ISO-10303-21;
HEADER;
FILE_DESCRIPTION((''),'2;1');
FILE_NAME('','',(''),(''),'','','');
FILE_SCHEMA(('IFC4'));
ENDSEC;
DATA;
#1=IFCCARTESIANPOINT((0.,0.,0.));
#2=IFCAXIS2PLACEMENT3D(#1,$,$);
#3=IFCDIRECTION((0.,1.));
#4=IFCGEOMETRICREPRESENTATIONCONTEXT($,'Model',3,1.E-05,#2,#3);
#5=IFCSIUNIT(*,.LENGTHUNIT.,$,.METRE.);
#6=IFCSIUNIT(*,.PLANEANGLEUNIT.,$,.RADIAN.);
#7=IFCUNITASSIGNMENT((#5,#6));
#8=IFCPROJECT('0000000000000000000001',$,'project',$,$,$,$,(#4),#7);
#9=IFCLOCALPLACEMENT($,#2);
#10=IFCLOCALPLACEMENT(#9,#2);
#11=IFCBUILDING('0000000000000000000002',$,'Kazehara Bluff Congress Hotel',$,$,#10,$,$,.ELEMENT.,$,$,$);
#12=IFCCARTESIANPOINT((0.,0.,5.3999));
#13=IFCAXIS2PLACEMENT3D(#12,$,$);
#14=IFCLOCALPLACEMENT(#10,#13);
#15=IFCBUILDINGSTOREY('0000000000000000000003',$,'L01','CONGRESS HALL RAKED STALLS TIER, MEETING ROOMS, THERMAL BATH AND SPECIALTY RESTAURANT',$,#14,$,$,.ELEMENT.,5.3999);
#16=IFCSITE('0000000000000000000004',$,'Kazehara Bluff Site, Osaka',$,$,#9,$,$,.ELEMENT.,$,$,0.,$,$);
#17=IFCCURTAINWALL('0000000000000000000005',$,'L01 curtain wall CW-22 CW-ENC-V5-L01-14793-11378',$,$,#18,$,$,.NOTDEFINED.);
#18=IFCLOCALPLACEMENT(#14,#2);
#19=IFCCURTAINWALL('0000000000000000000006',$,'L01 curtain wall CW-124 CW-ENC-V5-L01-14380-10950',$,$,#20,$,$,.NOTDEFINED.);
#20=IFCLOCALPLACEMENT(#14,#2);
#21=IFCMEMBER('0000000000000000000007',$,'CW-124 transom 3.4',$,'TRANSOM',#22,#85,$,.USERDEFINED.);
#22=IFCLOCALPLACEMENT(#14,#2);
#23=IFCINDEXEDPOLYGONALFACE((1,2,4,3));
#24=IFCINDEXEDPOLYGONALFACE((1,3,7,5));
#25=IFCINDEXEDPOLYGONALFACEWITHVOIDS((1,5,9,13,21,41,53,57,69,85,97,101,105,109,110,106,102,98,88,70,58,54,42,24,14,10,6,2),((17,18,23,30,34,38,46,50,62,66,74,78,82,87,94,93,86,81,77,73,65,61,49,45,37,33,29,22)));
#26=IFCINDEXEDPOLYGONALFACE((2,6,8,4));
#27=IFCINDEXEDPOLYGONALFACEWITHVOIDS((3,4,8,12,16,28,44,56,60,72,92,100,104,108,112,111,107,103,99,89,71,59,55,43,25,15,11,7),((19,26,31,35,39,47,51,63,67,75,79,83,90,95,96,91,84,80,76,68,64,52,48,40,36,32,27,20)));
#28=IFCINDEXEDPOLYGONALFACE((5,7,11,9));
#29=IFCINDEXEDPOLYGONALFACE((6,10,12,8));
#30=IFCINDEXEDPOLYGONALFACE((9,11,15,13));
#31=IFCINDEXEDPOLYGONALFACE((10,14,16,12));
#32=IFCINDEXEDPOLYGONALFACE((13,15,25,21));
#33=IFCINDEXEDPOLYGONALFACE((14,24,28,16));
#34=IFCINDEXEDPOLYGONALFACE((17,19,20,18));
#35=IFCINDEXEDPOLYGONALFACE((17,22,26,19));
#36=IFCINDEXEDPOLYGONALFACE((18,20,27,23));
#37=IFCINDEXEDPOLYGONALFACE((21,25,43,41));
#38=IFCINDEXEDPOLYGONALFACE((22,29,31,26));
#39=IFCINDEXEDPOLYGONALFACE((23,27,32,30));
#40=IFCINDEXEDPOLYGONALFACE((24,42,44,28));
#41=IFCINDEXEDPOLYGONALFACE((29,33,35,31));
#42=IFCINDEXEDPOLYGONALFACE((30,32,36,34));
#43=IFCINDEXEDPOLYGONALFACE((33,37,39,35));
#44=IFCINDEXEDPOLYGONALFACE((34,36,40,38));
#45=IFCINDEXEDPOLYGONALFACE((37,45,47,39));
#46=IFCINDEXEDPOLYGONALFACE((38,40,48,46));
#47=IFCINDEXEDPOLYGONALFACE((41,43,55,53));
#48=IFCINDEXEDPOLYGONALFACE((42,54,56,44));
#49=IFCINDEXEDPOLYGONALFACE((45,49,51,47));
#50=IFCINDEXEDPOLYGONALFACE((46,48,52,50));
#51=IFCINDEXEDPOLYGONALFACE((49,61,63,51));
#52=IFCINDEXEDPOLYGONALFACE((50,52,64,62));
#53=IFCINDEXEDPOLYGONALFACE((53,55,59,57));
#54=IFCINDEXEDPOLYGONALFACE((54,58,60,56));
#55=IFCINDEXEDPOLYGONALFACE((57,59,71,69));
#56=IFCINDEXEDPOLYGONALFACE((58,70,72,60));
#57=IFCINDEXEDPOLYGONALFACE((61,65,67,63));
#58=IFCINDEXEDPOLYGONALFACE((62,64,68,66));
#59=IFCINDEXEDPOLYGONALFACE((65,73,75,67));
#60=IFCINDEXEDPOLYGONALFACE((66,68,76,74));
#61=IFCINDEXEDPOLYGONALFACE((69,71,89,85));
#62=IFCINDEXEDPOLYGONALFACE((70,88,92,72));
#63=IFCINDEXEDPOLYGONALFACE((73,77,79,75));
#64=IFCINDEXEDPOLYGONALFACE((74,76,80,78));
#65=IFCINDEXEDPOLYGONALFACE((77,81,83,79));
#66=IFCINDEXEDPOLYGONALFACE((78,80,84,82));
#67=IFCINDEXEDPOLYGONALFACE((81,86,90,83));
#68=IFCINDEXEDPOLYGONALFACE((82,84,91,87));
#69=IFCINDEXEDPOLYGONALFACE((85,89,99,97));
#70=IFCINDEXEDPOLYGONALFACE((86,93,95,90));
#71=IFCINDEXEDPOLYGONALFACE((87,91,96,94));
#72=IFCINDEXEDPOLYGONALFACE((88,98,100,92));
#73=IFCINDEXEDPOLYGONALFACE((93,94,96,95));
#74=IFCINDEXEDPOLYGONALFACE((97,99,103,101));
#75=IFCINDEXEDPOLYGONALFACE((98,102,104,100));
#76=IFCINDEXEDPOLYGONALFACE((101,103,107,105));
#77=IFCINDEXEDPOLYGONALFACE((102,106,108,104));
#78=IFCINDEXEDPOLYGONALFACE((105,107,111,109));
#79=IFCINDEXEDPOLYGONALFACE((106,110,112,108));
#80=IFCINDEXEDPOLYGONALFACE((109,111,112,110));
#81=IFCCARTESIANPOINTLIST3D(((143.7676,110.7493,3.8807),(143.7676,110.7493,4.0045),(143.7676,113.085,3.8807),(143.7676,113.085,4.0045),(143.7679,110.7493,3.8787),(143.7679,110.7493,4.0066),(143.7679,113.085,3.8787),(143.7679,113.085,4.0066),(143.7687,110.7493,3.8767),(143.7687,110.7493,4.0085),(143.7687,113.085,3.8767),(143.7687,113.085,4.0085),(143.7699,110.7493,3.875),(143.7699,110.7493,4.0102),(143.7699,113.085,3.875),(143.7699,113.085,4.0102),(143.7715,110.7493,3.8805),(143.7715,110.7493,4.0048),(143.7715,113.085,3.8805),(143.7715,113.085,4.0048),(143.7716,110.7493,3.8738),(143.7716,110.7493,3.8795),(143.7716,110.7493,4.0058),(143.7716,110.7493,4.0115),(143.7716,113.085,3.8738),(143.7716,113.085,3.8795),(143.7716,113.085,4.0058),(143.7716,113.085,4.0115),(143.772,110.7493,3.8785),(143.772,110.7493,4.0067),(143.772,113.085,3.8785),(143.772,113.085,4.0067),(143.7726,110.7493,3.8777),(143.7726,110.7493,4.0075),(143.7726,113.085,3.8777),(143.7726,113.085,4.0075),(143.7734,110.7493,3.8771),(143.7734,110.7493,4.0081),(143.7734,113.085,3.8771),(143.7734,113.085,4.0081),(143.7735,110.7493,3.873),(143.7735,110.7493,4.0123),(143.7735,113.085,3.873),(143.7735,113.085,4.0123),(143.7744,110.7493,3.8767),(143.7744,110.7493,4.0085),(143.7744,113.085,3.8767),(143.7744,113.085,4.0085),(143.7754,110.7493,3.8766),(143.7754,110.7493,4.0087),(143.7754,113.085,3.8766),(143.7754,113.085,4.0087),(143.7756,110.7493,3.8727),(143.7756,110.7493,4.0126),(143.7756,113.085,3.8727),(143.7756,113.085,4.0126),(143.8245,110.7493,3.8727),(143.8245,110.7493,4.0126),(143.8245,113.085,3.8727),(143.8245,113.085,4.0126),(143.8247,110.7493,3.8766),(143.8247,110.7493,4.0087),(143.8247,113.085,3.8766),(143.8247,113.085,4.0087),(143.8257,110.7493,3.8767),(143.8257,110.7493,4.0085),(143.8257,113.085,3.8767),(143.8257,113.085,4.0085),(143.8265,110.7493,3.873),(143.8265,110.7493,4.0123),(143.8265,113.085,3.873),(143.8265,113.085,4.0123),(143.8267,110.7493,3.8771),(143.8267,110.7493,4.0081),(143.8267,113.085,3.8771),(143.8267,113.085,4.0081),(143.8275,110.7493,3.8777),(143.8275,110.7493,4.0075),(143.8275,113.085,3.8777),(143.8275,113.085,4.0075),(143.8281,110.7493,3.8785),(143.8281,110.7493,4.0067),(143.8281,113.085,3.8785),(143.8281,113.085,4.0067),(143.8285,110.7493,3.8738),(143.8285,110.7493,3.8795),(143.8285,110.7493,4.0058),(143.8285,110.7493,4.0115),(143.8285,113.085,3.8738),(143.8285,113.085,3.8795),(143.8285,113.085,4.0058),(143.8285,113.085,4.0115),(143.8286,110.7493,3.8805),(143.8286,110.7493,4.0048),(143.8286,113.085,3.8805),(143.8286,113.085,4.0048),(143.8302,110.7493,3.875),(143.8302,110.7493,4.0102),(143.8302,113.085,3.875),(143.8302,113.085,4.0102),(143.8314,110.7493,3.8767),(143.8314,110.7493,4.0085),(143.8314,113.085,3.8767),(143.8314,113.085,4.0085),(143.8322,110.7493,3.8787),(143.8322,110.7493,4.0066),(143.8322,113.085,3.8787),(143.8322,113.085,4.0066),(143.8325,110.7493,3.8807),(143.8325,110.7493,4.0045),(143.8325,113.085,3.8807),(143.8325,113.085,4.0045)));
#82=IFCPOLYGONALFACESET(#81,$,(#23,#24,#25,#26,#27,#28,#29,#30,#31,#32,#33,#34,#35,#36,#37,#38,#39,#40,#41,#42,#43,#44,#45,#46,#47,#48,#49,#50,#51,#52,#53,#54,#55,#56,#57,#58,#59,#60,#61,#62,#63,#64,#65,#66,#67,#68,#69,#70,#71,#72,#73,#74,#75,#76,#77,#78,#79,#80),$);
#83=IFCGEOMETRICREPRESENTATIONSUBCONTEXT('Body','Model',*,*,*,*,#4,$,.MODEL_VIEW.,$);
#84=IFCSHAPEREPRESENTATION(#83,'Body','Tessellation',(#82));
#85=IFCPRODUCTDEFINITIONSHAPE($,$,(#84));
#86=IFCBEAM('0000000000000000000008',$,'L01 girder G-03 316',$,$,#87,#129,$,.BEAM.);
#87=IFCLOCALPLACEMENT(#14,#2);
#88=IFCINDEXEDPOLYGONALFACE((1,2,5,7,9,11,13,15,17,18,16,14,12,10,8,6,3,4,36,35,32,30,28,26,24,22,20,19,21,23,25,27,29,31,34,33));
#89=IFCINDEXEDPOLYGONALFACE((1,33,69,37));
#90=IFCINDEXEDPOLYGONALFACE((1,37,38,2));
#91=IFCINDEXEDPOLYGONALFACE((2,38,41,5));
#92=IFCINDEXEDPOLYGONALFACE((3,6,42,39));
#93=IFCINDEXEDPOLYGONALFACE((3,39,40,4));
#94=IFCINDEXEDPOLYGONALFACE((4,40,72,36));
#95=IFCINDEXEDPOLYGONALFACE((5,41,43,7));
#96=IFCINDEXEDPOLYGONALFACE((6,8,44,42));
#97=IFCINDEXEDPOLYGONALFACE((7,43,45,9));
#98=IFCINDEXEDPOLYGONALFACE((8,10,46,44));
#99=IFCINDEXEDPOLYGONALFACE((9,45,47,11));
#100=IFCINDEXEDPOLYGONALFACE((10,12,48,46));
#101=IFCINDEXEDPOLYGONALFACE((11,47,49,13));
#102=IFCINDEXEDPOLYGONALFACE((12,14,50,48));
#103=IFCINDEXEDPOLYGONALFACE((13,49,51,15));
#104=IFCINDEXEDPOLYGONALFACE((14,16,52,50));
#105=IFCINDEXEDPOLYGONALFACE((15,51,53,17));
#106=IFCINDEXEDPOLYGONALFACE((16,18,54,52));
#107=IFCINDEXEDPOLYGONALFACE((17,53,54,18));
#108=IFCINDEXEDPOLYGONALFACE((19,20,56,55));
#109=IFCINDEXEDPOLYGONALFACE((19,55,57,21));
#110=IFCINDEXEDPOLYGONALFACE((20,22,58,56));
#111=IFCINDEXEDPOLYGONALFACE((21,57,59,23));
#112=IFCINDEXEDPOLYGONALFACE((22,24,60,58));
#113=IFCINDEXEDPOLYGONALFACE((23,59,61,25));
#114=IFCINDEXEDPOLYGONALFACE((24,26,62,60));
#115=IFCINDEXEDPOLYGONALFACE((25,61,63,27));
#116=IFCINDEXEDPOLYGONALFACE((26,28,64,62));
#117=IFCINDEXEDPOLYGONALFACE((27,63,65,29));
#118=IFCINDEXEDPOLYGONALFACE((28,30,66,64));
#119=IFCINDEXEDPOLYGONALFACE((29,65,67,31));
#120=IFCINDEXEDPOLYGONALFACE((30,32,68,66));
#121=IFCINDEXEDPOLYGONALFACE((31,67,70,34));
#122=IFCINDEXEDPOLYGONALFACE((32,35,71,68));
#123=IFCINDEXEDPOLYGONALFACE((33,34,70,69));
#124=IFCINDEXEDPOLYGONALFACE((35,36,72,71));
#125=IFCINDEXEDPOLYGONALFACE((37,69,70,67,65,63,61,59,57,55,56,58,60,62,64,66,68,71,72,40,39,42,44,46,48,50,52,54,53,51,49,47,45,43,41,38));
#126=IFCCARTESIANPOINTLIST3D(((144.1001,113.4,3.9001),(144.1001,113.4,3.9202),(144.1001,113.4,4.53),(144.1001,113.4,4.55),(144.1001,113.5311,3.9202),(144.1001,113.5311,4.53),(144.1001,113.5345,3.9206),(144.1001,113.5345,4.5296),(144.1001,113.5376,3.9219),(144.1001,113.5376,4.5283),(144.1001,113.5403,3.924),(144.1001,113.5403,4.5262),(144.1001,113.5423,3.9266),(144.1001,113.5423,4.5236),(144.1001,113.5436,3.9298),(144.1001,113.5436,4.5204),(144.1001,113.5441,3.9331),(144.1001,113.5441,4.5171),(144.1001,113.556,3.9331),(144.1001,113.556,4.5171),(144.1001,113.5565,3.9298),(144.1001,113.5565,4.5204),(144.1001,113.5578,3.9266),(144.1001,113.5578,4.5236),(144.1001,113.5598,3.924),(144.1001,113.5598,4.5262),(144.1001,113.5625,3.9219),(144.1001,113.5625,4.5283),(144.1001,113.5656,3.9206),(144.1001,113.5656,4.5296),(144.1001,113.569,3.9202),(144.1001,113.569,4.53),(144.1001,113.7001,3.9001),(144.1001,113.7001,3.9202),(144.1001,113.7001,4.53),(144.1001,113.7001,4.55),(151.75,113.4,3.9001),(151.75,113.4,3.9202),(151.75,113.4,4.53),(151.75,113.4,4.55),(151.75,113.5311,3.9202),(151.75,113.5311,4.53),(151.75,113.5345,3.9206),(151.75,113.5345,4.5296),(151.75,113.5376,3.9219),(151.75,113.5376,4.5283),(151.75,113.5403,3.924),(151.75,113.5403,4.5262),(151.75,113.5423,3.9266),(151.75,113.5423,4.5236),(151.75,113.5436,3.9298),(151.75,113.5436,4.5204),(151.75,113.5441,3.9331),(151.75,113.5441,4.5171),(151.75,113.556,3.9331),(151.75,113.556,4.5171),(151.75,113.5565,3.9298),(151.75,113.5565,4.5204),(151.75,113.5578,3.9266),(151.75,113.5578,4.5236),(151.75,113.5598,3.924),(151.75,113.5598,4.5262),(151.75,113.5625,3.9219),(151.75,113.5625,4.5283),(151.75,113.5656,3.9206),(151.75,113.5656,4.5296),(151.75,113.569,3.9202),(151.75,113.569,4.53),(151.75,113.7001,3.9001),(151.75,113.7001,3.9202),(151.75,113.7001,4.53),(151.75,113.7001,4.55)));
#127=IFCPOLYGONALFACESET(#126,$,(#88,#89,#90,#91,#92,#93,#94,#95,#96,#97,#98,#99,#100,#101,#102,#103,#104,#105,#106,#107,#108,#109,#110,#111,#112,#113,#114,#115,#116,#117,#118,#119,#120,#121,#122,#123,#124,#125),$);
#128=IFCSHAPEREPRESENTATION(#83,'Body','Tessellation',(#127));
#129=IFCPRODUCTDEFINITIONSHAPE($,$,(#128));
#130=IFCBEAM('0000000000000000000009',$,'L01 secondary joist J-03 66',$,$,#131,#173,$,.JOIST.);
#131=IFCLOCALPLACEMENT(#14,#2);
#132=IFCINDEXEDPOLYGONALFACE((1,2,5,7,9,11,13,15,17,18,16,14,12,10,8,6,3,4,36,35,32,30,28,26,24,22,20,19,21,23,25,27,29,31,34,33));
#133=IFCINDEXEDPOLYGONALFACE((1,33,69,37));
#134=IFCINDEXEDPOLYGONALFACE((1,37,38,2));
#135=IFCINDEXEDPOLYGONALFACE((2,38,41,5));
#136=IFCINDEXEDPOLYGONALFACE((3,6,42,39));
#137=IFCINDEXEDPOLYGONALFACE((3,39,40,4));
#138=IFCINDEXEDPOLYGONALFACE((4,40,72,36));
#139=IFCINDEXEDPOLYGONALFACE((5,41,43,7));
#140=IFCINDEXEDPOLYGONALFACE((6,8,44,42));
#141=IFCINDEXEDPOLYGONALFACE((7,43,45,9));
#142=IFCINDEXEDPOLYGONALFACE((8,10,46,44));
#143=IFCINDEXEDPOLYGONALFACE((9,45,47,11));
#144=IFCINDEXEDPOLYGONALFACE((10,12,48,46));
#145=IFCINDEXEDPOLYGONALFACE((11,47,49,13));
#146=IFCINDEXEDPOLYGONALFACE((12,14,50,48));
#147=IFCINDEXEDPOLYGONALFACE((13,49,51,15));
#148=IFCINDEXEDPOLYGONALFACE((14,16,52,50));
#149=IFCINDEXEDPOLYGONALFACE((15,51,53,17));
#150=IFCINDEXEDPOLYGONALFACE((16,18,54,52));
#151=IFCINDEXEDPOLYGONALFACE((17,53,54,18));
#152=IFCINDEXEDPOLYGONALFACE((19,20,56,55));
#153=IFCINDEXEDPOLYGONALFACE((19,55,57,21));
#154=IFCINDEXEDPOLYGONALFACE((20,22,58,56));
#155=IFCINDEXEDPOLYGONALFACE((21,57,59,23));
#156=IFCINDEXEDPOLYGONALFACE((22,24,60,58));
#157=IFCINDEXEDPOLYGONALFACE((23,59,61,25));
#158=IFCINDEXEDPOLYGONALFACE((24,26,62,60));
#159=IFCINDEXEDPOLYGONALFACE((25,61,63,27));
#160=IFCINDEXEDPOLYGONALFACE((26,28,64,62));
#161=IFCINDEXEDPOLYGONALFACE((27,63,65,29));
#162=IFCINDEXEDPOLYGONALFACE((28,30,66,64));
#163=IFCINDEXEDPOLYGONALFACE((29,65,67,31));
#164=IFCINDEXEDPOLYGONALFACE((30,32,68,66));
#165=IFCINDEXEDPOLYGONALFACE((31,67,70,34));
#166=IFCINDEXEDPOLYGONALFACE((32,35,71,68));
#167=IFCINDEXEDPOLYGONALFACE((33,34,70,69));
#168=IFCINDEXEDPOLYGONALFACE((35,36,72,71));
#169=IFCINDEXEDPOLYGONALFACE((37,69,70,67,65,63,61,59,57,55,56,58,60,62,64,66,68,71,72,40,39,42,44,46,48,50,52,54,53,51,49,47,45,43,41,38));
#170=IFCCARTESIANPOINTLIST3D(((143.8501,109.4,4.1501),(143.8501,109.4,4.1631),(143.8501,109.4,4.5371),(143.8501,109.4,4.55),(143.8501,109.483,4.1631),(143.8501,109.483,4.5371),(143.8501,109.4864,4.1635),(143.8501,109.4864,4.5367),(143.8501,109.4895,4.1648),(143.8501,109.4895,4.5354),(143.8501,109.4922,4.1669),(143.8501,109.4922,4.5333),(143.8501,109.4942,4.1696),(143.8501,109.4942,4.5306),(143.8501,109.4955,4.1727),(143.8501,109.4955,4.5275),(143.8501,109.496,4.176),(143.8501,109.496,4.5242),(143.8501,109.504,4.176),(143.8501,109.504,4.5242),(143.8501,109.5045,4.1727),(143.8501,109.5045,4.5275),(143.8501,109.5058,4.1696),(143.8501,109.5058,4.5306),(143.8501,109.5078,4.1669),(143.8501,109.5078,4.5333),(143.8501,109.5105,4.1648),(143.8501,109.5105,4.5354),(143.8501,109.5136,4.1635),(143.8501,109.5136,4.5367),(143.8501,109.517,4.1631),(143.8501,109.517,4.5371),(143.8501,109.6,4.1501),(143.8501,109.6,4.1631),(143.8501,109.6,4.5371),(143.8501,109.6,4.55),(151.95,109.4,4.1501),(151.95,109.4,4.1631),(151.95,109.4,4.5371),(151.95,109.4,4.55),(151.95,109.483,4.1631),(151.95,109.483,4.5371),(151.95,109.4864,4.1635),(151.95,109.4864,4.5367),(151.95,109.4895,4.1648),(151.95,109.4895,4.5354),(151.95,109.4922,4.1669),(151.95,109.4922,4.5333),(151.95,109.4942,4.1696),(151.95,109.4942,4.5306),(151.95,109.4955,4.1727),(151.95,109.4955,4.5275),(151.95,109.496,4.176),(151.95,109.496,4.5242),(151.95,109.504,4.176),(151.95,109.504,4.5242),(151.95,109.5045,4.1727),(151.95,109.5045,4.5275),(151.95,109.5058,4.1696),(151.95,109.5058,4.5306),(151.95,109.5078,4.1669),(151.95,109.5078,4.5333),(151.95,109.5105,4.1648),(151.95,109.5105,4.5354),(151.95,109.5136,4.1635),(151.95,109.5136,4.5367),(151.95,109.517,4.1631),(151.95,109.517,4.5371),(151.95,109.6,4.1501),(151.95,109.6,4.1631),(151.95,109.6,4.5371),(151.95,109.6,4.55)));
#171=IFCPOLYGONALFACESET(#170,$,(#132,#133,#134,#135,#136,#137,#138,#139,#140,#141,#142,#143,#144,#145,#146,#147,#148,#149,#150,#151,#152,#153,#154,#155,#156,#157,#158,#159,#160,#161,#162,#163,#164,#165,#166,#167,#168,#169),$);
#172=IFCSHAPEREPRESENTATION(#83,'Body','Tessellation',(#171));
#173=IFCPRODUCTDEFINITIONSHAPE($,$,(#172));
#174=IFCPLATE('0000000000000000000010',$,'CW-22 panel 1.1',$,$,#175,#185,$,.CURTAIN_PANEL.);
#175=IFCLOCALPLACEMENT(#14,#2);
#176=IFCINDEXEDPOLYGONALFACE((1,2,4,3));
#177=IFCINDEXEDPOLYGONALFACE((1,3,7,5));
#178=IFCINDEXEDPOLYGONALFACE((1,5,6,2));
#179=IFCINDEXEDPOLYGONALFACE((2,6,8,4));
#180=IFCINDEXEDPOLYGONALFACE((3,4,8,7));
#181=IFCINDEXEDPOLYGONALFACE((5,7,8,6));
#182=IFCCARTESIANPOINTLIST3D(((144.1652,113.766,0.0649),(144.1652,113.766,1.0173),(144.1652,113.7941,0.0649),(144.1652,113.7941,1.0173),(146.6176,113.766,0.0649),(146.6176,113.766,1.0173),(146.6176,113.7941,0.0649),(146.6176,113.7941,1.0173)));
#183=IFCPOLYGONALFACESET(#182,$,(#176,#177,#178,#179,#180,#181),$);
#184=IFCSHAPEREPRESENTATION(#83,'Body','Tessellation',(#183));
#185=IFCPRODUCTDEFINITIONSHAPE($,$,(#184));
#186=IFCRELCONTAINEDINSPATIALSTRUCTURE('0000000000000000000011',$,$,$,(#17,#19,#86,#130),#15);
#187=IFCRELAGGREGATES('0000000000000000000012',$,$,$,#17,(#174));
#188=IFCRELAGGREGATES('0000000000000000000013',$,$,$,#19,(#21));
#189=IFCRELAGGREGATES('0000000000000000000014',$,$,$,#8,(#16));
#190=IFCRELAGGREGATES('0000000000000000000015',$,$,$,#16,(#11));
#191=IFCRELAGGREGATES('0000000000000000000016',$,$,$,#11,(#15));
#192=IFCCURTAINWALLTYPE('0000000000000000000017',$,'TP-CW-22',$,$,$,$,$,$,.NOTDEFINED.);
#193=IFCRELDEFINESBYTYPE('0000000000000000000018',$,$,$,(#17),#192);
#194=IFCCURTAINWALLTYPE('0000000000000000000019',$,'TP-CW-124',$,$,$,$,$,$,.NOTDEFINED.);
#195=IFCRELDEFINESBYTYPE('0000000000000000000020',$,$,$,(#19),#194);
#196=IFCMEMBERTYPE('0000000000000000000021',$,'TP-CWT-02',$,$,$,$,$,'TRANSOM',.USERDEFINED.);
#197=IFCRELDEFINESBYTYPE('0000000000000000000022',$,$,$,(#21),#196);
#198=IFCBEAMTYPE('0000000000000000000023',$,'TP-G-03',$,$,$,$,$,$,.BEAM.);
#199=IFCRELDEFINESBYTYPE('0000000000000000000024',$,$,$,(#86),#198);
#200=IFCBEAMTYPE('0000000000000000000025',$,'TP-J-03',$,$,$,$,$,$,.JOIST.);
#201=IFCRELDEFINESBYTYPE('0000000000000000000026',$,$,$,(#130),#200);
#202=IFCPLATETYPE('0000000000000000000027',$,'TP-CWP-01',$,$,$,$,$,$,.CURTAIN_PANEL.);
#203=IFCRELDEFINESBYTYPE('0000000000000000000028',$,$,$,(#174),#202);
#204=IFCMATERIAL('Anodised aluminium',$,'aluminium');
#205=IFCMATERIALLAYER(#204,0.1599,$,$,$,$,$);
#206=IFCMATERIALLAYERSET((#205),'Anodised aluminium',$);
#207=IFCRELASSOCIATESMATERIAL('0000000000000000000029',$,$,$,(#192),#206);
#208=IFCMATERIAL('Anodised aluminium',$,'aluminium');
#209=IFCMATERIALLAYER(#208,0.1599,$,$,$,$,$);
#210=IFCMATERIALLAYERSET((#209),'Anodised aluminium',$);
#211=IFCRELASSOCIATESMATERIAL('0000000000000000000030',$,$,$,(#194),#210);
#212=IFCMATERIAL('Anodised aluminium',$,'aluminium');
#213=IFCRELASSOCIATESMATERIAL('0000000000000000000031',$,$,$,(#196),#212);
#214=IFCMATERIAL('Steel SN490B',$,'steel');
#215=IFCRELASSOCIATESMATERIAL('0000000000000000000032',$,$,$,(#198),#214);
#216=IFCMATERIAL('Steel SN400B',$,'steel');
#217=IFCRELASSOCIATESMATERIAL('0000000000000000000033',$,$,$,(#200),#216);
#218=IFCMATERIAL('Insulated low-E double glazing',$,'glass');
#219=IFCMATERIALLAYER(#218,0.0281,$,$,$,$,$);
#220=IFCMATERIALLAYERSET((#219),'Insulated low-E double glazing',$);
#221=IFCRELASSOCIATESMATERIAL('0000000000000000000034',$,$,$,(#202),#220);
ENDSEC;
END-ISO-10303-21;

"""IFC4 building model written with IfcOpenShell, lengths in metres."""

from ifc_helpers import new_model, si_unit, direction, frame, origin, origin_2d, place, context, subcontext, project, spatial, rectangle, hollow_rectangle, i_section, extrude, material, layer, layer_set, material_profile, profile_set, type_object, element, aggregate, save


model = new_model("IFC4")

# Units and contexts
model_context = context("Model", 3, precision=1e-05, world=origin(), true_north=direction((0.0, 1.0)))
body_context = subcontext(model_context, "Body", "Model", "MODEL_VIEW")
ifc_project = project(units=[si_unit("LENGTHUNIT", "METRE"), si_unit("PLANEANGLEUNIT", "RADIAN")], contexts=[model_context])

# Site, building, storey
site_placement = place(None, origin())
site = spatial("IfcSite", under=ifc_project, at=site_placement, Name="Kazehara Bluff Site, Osaka", CompositionType="ELEMENT", RefElevation=0.0)
building_placement = place(site_placement, origin())
building = spatial("IfcBuilding", under=site, at=building_placement, Name="Kazehara Bluff Congress Hotel", CompositionType="ELEMENT")
storey_placement = place(building_placement, frame((0.0, 0.0, 5.3999)))
storey = spatial("IfcBuildingStorey", under=building, at=storey_placement, Name="L01", Description="CONGRESS HALL RAKED STALLS TIER, MEETING ROOMS, THERMAL BATH AND SPECIALTY RESTAURANT", CompositionType="ELEMENT", Elevation=5.3999)

# Curtain walls
ifc_material_1 = material(Name="Anodised aluminium", Category="aluminium")
ifc_layer_1 = layer(ifc_material_1, 0.1599)
ifc_layer_set_1 = layer_set([ifc_layer_1], Name="Anodised aluminium")
curtain_wall_type_1 = type_object("IfcCurtainWallType", Name="TP-CW-22", PredefinedType="NOTDEFINED", material=ifc_layer_set_1)
curtain_wall_1_placement = place(storey_placement, origin())
curtain_wall_1 = element("IfcCurtainWall", 1, at=curtain_wall_1_placement, inside=storey, type_object=curtain_wall_type_1, Name="L01 curtain wall CW-22 CW-ENC-V5-L01-14793-11378", PredefinedType="NOTDEFINED")
ifc_material_2 = material(Name="Anodised aluminium", Category="aluminium")
ifc_layer_2 = layer(ifc_material_2, 0.1599)
ifc_layer_set_2 = layer_set([ifc_layer_2], Name="Anodised aluminium")
curtain_wall_type_2 = type_object("IfcCurtainWallType", Name="TP-CW-124", PredefinedType="NOTDEFINED", material=ifc_layer_set_2)
curtain_wall_2_placement = place(storey_placement, origin())
curtain_wall_2 = element("IfcCurtainWall", 2, at=curtain_wall_2_placement, inside=storey, type_object=curtain_wall_type_2, Name="L01 curtain wall CW-124 CW-ENC-V5-L01-14380-10950", PredefinedType="NOTDEFINED")

# Member
ifc_material_3 = material(Name="Anodised aluminium", Category="aluminium")
ifc_material_profile_1 = material_profile(ifc_material_3, hollow_rectangle(XDim=0.0649, YDim=0.1399, WallThickness=0.0039, InnerFilletRadius=0.0039, OuterFilletRadius=0.0081, at=origin_2d()))
ifc_profile_set_1 = profile_set([ifc_material_profile_1], Name="Anodised aluminium")
member_type_1 = type_object("IfcMemberType", Name="TP-CWT-02", ElementType="TRANSOM", PredefinedType="USERDEFINED", material=ifc_profile_set_1)
member_1_placement = place(storey_placement, frame((143.8, 110.7493, 3.9426), z_axis=(0.0, 1.0, 0.0), x_axis=(-1.0, 0.0, 0.0)))
member_1 = element("IfcMember", 3, at=member_1_placement, type_object=member_type_1, Name="CW-124 transom 3.4", ObjectType="TRANSOM", PredefinedType="USERDEFINED", context=body_context, shape_type="SweptSolid", body=[
    extrude(hollow_rectangle(XDim=0.0649, YDim=0.1399, WallThickness=0.0039, InnerFilletRadius=0.0039, OuterFilletRadius=0.0081, at=origin_2d()), origin(), (0.0, 0.0, 1.0), 2.3357),
])

# Beams
ifc_material_4 = material(Name="Steel SN490B", Category="steel")
ifc_material_profile_2 = material_profile(ifc_material_4, i_section(OverallWidth=0.3, OverallDepth=0.6499, WebThickness=0.012, FlangeThickness=0.02, FilletRadius=0.0129, at=origin_2d()))
ifc_profile_set_2 = profile_set([ifc_material_profile_2], Name="Steel SN490B")
beam_type_1 = type_object("IfcBeamType", Name="TP-G-03", PredefinedType="BEAM", material=ifc_profile_set_2)
beam_1_placement = place(storey_placement, frame((144.1001, 113.55, 4.2251), z_axis=(1.0, 0.0, 0.0), x_axis=(0.0, 1.0, 0.0)))
element("IfcBeam", 4, at=beam_1_placement, inside=storey, type_object=beam_type_1, Name="L01 girder G-03 316", PredefinedType="BEAM", context=body_context, shape_type="SweptSolid", body=[
    extrude(i_section(OverallWidth=0.3, OverallDepth=0.6499, WebThickness=0.012, FlangeThickness=0.02, FilletRadius=0.0129, at=origin_2d()), origin(), (0.0, 0.0, 1.0), 7.6499),
])
ifc_material_5 = material(Name="Steel SN400B", Category="steel")
ifc_material_profile_3 = material_profile(ifc_material_5, i_section(OverallWidth=0.2, OverallDepth=0.3999, WebThickness=0.0081, FlangeThickness=0.0129, FilletRadius=0.0129, at=origin_2d()))
ifc_profile_set_3 = profile_set([ifc_material_profile_3], Name="Steel SN400B")
beam_type_2 = type_object("IfcBeamType", Name="TP-J-03", PredefinedType="JOIST", material=ifc_profile_set_3)
beam_2_placement = place(storey_placement, frame((143.8501, 109.5, 4.3501), z_axis=(1.0, 0.0, 0.0), x_axis=(0.0, 1.0, 0.0)))
element("IfcBeam", 5, at=beam_2_placement, inside=storey, type_object=beam_type_2, Name="L01 secondary joist J-03 66", PredefinedType="JOIST", context=body_context, shape_type="SweptSolid", body=[
    extrude(i_section(OverallWidth=0.2, OverallDepth=0.3999, WebThickness=0.0081, FlangeThickness=0.0129, FilletRadius=0.0129, at=origin_2d()), origin(), (0.0, 0.0, 1.0), 8.0999),
])

# Plate
ifc_material_6 = material(Name="Insulated low-E double glazing", Category="glass")
ifc_layer_3 = layer(ifc_material_6, 0.0281)
ifc_layer_set_3 = layer_set([ifc_layer_3], Name="Insulated low-E double glazing")
plate_type = type_object("IfcPlateType", Name="TP-CWP-01", PredefinedType="CURTAIN_PANEL", material=ifc_layer_set_3)
plate_1_placement = place(storey_placement, frame((145.3914, 113.78, 0.0649), z_axis=(0.0, 0.0, 1.0), x_axis=(1.0, 0.0, 0.0)))
plate_1 = element("IfcPlate", 6, at=plate_1_placement, type_object=plate_type, Name="CW-22 panel 1.1", PredefinedType="CURTAIN_PANEL", context=body_context, shape_type="SweptSolid", body=[
    extrude(rectangle(XDim=2.4524, YDim=0.0281, at=origin_2d()), origin(), (0.0, 0.0, 1.0), 0.9524),
])
aggregate(curtain_wall_1, [plate_1])
aggregate(curtain_wall_2, [member_1])

save(model, "model.ifc")
